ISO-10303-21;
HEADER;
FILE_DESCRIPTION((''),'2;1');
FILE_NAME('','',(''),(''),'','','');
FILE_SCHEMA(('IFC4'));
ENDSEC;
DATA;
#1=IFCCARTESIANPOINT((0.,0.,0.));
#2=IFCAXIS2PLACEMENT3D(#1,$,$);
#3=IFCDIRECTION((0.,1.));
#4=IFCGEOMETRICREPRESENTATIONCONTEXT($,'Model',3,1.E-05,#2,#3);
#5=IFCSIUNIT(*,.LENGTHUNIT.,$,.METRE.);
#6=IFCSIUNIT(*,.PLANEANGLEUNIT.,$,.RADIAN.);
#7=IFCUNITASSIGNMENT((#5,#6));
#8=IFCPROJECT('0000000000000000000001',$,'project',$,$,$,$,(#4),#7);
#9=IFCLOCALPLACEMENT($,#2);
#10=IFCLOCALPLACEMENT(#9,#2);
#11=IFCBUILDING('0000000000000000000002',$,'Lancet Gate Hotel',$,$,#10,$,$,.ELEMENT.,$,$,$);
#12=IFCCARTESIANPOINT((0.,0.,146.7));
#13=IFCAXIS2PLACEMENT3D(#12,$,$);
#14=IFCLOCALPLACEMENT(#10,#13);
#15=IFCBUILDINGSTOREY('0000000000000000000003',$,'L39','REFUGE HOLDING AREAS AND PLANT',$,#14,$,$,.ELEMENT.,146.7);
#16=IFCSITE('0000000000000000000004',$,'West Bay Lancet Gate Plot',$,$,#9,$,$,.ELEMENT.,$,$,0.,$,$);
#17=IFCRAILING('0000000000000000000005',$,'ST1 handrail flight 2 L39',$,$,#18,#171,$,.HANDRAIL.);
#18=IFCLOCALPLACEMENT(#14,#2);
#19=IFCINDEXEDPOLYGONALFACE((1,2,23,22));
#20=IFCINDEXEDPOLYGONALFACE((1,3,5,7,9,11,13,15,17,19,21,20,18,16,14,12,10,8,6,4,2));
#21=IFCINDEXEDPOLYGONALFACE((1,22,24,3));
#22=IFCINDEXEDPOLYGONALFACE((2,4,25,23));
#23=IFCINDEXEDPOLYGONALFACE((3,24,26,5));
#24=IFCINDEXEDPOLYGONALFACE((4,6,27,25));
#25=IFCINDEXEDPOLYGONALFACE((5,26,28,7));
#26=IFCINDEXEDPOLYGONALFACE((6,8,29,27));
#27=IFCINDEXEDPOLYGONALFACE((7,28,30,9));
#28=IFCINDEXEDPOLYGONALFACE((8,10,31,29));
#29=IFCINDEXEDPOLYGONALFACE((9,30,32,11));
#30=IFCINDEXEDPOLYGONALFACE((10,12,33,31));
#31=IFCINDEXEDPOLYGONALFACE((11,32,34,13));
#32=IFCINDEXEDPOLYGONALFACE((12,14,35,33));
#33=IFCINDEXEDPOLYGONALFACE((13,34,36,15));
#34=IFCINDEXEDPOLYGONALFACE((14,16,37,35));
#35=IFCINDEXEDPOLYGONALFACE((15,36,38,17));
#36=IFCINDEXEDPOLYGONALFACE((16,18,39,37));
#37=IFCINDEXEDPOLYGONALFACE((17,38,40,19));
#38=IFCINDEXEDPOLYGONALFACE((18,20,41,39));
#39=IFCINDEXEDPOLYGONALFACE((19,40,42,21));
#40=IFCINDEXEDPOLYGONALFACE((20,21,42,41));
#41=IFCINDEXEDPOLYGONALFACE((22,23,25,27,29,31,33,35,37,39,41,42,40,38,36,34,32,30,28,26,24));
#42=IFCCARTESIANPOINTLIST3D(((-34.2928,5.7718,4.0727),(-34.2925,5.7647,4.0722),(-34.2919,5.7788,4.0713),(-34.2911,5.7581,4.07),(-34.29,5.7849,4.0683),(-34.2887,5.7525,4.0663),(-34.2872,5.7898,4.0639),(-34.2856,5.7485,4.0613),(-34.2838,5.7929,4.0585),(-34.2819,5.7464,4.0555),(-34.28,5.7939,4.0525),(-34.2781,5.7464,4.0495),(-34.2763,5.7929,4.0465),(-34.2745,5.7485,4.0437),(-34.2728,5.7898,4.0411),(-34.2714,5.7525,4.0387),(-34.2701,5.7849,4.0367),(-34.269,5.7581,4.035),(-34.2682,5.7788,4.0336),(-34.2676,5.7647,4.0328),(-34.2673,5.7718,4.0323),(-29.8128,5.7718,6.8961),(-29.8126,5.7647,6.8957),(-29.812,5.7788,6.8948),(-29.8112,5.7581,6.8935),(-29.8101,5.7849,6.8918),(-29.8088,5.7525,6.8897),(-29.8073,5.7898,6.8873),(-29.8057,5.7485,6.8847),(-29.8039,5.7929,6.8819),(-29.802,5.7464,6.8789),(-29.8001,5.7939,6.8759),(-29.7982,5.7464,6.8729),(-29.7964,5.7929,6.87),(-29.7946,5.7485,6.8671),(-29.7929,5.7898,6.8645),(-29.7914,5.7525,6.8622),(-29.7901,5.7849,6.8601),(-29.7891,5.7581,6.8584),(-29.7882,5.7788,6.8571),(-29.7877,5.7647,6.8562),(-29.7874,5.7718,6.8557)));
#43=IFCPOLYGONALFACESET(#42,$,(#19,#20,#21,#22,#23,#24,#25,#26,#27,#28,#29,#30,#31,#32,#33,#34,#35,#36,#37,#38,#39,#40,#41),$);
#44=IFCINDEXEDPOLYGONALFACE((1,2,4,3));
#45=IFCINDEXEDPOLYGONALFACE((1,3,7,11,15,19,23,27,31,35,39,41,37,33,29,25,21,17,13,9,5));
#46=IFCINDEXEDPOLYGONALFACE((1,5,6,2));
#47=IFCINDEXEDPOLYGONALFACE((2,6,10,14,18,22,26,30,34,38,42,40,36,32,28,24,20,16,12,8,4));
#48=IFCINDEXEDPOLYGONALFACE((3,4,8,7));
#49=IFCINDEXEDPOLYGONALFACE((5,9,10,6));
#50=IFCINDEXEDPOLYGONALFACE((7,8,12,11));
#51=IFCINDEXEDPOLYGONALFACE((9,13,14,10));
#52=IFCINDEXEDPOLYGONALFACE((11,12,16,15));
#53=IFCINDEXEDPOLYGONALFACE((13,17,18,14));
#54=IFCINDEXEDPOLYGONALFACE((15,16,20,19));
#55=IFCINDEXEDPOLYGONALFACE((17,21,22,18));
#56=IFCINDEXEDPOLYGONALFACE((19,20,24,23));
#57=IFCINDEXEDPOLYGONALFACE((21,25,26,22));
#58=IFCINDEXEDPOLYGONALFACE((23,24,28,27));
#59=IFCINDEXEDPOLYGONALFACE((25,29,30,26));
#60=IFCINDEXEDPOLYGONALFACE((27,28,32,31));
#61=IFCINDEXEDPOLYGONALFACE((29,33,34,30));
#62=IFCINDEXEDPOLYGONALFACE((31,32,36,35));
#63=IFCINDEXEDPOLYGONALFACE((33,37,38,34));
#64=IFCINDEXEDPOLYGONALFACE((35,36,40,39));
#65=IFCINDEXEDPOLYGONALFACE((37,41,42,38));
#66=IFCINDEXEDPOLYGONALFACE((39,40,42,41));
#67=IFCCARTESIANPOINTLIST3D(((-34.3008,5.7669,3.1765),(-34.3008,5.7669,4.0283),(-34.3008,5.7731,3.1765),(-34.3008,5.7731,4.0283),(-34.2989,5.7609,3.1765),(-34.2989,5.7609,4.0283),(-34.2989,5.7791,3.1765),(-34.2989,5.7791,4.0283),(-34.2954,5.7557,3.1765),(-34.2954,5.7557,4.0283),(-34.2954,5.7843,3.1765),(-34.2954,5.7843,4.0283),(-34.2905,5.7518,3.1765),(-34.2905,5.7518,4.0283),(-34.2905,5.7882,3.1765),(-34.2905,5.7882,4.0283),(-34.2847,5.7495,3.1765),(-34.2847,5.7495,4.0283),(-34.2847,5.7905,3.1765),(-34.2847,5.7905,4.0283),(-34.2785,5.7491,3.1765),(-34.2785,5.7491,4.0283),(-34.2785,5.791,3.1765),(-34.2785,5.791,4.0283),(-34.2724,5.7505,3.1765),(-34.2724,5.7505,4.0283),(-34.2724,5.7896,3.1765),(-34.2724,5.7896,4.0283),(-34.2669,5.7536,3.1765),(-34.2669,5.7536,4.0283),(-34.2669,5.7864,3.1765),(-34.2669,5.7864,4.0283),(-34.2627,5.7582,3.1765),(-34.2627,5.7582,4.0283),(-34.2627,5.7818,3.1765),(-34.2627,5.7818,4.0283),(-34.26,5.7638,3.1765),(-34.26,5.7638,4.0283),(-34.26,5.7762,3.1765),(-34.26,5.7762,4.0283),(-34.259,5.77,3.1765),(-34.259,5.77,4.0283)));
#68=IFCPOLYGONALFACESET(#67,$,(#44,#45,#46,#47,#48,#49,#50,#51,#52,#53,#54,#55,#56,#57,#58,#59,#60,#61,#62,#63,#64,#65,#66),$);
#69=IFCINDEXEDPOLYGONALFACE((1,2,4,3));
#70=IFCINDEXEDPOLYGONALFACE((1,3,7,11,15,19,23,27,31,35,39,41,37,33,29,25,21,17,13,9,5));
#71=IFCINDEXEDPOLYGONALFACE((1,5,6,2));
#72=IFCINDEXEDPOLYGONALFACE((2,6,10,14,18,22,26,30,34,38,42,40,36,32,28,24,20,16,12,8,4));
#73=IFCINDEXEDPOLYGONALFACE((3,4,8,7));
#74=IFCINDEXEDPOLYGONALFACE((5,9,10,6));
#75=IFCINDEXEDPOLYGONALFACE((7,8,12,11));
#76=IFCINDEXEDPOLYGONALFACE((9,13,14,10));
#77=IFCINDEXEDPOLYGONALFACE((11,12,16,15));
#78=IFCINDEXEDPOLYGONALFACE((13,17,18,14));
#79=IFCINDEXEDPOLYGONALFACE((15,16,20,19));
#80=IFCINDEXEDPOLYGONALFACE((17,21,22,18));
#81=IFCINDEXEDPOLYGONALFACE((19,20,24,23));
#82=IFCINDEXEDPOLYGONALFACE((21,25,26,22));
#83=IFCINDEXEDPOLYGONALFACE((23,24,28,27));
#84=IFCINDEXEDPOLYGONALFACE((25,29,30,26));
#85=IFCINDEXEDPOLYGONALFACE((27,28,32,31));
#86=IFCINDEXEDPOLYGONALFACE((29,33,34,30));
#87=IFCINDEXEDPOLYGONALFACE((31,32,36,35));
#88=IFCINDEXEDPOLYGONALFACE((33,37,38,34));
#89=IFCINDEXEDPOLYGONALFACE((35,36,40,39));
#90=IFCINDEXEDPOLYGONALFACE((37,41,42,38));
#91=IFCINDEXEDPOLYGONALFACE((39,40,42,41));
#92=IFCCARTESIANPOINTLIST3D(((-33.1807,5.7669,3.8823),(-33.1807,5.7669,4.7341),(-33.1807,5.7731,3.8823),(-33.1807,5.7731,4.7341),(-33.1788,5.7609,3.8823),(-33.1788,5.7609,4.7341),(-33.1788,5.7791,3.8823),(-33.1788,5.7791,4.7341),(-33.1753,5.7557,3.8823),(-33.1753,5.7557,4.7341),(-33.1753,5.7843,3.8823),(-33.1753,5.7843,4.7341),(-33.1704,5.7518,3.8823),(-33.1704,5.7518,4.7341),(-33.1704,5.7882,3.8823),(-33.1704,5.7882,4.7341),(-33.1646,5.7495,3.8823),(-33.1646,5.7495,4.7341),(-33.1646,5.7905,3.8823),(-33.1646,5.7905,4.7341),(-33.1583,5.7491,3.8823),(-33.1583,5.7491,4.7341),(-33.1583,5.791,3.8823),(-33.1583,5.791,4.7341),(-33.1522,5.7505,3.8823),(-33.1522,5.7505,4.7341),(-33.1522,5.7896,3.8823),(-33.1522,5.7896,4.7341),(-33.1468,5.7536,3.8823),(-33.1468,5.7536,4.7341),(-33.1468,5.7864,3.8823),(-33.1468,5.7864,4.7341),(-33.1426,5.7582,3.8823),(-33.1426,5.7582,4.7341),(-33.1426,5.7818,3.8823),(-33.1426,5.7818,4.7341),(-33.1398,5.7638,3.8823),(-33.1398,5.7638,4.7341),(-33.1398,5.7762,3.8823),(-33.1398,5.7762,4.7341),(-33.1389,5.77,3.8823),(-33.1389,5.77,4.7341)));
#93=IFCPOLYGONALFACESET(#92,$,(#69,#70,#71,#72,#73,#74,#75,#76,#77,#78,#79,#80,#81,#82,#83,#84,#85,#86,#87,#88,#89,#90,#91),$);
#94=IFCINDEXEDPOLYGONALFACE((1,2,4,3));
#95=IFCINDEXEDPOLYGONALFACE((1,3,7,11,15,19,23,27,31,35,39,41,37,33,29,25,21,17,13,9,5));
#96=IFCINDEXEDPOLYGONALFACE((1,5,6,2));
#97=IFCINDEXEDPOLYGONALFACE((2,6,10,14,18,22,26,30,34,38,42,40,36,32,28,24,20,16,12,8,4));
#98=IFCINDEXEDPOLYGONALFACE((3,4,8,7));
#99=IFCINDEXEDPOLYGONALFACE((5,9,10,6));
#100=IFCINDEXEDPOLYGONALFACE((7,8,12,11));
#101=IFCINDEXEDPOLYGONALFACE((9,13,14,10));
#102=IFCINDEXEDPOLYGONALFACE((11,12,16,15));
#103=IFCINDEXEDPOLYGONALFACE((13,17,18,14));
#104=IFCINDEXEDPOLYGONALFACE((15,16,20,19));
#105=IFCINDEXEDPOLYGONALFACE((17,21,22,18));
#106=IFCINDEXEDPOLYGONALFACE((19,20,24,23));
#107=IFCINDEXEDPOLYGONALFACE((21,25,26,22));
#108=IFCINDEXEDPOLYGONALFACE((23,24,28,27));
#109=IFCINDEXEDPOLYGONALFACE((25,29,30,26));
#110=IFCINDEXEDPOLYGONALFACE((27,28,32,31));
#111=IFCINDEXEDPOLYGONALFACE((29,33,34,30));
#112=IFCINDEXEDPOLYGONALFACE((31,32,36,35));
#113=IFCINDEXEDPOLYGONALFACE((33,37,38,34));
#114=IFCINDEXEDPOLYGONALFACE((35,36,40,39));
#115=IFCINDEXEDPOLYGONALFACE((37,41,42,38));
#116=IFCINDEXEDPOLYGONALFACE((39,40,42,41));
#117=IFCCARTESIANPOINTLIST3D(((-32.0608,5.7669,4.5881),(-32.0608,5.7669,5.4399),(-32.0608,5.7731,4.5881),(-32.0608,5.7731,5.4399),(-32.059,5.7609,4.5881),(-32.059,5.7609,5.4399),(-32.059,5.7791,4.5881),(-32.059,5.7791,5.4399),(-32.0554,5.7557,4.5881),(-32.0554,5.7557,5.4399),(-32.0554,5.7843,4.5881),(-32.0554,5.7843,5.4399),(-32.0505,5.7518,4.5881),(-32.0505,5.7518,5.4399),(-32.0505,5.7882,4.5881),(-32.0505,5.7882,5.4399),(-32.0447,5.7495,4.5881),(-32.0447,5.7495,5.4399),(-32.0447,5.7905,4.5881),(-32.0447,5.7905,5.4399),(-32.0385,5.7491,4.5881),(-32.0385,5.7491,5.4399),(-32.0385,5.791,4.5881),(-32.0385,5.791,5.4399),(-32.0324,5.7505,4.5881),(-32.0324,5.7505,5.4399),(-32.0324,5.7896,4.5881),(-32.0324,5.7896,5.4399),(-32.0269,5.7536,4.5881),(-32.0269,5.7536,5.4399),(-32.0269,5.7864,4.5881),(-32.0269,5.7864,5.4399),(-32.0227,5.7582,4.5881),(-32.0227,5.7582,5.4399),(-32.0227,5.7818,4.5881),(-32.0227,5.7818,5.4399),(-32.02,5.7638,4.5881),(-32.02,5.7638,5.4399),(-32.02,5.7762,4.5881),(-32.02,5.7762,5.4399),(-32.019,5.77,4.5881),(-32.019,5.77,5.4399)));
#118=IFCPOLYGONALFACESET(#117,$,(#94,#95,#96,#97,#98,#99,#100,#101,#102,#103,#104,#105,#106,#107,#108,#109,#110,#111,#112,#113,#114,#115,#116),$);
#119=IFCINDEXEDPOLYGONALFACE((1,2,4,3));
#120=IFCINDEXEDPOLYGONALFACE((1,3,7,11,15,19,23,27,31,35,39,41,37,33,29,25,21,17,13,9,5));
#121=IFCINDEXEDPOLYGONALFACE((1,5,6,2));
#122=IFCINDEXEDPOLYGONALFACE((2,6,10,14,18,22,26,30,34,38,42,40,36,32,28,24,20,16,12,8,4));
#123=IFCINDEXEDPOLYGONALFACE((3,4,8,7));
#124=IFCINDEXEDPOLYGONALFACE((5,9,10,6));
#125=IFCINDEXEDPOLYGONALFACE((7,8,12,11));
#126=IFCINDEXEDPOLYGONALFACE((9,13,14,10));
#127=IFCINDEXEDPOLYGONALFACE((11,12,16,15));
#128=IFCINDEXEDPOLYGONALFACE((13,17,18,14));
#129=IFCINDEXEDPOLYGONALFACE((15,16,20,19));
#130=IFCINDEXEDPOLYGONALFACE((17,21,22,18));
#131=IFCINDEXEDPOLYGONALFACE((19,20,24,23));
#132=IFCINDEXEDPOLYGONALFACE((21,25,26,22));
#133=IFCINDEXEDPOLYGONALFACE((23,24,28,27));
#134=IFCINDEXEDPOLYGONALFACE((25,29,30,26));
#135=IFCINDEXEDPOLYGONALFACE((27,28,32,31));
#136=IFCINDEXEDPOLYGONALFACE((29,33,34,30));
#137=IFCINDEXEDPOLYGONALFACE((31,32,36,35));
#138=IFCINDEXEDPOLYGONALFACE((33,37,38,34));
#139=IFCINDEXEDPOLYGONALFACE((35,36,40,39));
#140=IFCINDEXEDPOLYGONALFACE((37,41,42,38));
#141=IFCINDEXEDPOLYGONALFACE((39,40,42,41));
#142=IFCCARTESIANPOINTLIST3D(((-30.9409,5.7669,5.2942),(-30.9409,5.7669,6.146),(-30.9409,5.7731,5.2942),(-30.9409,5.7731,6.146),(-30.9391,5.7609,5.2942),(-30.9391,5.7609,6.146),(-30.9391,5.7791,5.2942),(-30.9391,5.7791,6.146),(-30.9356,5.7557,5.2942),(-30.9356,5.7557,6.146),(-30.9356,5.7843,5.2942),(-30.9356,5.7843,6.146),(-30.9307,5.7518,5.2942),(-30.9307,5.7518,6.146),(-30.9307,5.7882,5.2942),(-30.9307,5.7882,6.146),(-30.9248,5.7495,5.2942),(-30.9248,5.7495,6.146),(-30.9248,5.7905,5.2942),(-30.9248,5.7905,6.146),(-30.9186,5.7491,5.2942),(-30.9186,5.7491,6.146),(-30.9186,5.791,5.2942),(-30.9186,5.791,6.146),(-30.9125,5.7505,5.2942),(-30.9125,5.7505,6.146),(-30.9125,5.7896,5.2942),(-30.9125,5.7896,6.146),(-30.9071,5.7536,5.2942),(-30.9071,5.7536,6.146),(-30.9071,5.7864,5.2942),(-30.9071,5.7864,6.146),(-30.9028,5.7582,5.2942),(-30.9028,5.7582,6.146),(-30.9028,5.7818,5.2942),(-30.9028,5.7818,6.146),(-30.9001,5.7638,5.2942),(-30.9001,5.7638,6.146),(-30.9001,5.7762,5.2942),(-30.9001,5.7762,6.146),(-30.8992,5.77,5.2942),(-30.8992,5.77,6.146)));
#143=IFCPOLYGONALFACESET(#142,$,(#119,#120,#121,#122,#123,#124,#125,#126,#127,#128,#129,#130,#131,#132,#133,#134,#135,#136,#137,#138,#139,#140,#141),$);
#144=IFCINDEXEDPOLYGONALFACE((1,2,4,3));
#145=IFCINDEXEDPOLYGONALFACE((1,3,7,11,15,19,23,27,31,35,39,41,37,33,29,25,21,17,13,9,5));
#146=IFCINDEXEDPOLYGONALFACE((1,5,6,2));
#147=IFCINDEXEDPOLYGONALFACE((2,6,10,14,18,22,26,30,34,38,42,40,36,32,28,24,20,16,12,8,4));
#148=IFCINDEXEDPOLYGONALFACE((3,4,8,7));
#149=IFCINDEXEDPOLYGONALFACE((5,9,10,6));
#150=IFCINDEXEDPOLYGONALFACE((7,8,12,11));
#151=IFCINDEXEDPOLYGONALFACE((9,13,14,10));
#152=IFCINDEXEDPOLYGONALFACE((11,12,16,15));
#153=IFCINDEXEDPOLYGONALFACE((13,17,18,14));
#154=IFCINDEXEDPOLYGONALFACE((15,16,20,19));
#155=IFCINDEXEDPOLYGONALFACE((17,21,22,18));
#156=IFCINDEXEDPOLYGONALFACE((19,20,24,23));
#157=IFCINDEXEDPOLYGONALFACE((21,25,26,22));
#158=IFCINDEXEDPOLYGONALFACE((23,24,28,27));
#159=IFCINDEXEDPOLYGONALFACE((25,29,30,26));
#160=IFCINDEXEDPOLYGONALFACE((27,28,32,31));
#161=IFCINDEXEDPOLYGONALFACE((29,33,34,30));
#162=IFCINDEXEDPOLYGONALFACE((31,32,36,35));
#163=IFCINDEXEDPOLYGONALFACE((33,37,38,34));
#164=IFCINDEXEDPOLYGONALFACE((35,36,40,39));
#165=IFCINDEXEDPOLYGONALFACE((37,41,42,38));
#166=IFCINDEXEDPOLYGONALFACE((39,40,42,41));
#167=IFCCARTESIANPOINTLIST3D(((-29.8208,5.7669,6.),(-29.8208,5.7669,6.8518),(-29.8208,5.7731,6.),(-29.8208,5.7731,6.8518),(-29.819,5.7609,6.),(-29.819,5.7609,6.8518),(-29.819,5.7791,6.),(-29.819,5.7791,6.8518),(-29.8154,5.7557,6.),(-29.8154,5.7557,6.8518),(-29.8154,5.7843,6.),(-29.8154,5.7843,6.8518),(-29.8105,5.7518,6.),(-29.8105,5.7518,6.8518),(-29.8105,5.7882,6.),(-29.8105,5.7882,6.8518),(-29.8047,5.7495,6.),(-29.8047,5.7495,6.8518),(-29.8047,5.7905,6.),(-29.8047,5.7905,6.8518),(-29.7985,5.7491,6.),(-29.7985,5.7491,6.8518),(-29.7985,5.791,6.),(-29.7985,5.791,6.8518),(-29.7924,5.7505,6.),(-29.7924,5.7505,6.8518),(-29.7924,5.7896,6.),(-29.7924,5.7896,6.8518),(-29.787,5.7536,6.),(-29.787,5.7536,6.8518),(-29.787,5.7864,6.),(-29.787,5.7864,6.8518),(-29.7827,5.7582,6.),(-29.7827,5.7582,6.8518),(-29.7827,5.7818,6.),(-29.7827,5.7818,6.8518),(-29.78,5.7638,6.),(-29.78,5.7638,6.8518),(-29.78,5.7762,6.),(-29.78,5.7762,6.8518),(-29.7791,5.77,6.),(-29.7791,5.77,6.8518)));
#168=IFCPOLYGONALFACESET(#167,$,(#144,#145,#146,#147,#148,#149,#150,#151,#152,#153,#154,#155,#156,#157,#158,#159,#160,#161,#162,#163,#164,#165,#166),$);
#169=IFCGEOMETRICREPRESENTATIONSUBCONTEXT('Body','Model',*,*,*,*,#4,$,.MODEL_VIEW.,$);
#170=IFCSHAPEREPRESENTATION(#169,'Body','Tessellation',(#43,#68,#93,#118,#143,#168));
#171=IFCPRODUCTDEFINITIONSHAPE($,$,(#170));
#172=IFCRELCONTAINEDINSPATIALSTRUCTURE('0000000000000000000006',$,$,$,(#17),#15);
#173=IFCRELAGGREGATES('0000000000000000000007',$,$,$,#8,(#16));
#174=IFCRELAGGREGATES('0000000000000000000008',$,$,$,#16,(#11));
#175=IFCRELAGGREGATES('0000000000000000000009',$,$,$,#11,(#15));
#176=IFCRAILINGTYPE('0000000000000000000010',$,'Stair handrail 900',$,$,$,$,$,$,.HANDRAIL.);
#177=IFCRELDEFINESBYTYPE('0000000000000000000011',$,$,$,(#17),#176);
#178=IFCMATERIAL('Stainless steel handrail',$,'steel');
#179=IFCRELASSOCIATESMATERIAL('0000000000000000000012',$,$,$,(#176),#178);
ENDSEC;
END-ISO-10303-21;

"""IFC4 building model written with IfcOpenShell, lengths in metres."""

from ifc_helpers import new_model, si_unit, direction, frame, origin, origin_2d, place, context, subcontext, project, spatial, circle, extrude, material, type_object, element, save


model = new_model("IFC4")

# Units and contexts
model_context = context("Model", 3, precision=1e-05, world=origin(), true_north=direction((0.0, 1.0)))
body_context = subcontext(model_context, "Body", "Model", "MODEL_VIEW")
ifc_project = project(units=[si_unit("LENGTHUNIT", "METRE"), si_unit("PLANEANGLEUNIT", "RADIAN")], contexts=[model_context])

# Site, building, storey
site_placement = place(None, origin())
site = spatial("IfcSite", under=ifc_project, at=site_placement, Name="West Bay Lancet Gate Plot", CompositionType="ELEMENT", RefElevation=0.0)
building_placement = place(site_placement, origin())
building = spatial("IfcBuilding", under=site, at=building_placement, Name="Lancet Gate Hotel", CompositionType="ELEMENT")
storey_placement = place(building_placement, frame((0.0, 0.0, 146.7)))
storey = spatial("IfcBuildingStorey", under=building, at=storey_placement, Name="L39", Description="REFUGE HOLDING AREAS AND PLANT", CompositionType="ELEMENT", Elevation=146.7)

# Railing
ifc_material_1 = material(Name="Stainless steel handrail", Category="steel")
railing_type = type_object("IfcRailingType", Name="Stair handrail 900", PredefinedType="HANDRAIL", material=ifc_material_1)
railing_1_placement = place(storey_placement, frame((-34.28, 5.77, 3.1765)))
element("IfcRailing", 1, at=railing_1_placement, inside=storey, type_object=railing_type, Name="ST1 handrail flight 2 L39", PredefinedType="HANDRAIL", context=body_context, shape_type="SweptSolid", body=[
    extrude(circle(Radius=0.0239, at=origin_2d()), frame((0.0, 0.0, 0.876), z_axis=(0.845998, 0.0, 0.533186), x_axis=(0.0, 1.0, 0.0)), (0.0, 0.0, 1.0), 5.2954),
    extrude(circle(Radius=0.021, at=origin_2d()), origin(), (0.0, 0.0, 1.0), 0.8518),
    extrude(circle(Radius=0.021, at=origin_2d()), frame((1.1201, 0.0, 0.7058)), (0.0, 0.0, 1.0), 0.8518),
    extrude(circle(Radius=0.021, at=origin_2d()), frame((2.24, 0.0, 1.4116)), (0.0, 0.0, 1.0), 0.8518),
    extrude(circle(Radius=0.021, at=origin_2d()), frame((3.3599, 0.0, 2.1177)), (0.0, 0.0, 1.0), 0.8518),
    extrude(circle(Radius=0.021, at=origin_2d()), frame((4.48, 0.0, 2.8235)), (0.0, 0.0, 1.0), 0.8518),
])

save(model, "model.ifc")
